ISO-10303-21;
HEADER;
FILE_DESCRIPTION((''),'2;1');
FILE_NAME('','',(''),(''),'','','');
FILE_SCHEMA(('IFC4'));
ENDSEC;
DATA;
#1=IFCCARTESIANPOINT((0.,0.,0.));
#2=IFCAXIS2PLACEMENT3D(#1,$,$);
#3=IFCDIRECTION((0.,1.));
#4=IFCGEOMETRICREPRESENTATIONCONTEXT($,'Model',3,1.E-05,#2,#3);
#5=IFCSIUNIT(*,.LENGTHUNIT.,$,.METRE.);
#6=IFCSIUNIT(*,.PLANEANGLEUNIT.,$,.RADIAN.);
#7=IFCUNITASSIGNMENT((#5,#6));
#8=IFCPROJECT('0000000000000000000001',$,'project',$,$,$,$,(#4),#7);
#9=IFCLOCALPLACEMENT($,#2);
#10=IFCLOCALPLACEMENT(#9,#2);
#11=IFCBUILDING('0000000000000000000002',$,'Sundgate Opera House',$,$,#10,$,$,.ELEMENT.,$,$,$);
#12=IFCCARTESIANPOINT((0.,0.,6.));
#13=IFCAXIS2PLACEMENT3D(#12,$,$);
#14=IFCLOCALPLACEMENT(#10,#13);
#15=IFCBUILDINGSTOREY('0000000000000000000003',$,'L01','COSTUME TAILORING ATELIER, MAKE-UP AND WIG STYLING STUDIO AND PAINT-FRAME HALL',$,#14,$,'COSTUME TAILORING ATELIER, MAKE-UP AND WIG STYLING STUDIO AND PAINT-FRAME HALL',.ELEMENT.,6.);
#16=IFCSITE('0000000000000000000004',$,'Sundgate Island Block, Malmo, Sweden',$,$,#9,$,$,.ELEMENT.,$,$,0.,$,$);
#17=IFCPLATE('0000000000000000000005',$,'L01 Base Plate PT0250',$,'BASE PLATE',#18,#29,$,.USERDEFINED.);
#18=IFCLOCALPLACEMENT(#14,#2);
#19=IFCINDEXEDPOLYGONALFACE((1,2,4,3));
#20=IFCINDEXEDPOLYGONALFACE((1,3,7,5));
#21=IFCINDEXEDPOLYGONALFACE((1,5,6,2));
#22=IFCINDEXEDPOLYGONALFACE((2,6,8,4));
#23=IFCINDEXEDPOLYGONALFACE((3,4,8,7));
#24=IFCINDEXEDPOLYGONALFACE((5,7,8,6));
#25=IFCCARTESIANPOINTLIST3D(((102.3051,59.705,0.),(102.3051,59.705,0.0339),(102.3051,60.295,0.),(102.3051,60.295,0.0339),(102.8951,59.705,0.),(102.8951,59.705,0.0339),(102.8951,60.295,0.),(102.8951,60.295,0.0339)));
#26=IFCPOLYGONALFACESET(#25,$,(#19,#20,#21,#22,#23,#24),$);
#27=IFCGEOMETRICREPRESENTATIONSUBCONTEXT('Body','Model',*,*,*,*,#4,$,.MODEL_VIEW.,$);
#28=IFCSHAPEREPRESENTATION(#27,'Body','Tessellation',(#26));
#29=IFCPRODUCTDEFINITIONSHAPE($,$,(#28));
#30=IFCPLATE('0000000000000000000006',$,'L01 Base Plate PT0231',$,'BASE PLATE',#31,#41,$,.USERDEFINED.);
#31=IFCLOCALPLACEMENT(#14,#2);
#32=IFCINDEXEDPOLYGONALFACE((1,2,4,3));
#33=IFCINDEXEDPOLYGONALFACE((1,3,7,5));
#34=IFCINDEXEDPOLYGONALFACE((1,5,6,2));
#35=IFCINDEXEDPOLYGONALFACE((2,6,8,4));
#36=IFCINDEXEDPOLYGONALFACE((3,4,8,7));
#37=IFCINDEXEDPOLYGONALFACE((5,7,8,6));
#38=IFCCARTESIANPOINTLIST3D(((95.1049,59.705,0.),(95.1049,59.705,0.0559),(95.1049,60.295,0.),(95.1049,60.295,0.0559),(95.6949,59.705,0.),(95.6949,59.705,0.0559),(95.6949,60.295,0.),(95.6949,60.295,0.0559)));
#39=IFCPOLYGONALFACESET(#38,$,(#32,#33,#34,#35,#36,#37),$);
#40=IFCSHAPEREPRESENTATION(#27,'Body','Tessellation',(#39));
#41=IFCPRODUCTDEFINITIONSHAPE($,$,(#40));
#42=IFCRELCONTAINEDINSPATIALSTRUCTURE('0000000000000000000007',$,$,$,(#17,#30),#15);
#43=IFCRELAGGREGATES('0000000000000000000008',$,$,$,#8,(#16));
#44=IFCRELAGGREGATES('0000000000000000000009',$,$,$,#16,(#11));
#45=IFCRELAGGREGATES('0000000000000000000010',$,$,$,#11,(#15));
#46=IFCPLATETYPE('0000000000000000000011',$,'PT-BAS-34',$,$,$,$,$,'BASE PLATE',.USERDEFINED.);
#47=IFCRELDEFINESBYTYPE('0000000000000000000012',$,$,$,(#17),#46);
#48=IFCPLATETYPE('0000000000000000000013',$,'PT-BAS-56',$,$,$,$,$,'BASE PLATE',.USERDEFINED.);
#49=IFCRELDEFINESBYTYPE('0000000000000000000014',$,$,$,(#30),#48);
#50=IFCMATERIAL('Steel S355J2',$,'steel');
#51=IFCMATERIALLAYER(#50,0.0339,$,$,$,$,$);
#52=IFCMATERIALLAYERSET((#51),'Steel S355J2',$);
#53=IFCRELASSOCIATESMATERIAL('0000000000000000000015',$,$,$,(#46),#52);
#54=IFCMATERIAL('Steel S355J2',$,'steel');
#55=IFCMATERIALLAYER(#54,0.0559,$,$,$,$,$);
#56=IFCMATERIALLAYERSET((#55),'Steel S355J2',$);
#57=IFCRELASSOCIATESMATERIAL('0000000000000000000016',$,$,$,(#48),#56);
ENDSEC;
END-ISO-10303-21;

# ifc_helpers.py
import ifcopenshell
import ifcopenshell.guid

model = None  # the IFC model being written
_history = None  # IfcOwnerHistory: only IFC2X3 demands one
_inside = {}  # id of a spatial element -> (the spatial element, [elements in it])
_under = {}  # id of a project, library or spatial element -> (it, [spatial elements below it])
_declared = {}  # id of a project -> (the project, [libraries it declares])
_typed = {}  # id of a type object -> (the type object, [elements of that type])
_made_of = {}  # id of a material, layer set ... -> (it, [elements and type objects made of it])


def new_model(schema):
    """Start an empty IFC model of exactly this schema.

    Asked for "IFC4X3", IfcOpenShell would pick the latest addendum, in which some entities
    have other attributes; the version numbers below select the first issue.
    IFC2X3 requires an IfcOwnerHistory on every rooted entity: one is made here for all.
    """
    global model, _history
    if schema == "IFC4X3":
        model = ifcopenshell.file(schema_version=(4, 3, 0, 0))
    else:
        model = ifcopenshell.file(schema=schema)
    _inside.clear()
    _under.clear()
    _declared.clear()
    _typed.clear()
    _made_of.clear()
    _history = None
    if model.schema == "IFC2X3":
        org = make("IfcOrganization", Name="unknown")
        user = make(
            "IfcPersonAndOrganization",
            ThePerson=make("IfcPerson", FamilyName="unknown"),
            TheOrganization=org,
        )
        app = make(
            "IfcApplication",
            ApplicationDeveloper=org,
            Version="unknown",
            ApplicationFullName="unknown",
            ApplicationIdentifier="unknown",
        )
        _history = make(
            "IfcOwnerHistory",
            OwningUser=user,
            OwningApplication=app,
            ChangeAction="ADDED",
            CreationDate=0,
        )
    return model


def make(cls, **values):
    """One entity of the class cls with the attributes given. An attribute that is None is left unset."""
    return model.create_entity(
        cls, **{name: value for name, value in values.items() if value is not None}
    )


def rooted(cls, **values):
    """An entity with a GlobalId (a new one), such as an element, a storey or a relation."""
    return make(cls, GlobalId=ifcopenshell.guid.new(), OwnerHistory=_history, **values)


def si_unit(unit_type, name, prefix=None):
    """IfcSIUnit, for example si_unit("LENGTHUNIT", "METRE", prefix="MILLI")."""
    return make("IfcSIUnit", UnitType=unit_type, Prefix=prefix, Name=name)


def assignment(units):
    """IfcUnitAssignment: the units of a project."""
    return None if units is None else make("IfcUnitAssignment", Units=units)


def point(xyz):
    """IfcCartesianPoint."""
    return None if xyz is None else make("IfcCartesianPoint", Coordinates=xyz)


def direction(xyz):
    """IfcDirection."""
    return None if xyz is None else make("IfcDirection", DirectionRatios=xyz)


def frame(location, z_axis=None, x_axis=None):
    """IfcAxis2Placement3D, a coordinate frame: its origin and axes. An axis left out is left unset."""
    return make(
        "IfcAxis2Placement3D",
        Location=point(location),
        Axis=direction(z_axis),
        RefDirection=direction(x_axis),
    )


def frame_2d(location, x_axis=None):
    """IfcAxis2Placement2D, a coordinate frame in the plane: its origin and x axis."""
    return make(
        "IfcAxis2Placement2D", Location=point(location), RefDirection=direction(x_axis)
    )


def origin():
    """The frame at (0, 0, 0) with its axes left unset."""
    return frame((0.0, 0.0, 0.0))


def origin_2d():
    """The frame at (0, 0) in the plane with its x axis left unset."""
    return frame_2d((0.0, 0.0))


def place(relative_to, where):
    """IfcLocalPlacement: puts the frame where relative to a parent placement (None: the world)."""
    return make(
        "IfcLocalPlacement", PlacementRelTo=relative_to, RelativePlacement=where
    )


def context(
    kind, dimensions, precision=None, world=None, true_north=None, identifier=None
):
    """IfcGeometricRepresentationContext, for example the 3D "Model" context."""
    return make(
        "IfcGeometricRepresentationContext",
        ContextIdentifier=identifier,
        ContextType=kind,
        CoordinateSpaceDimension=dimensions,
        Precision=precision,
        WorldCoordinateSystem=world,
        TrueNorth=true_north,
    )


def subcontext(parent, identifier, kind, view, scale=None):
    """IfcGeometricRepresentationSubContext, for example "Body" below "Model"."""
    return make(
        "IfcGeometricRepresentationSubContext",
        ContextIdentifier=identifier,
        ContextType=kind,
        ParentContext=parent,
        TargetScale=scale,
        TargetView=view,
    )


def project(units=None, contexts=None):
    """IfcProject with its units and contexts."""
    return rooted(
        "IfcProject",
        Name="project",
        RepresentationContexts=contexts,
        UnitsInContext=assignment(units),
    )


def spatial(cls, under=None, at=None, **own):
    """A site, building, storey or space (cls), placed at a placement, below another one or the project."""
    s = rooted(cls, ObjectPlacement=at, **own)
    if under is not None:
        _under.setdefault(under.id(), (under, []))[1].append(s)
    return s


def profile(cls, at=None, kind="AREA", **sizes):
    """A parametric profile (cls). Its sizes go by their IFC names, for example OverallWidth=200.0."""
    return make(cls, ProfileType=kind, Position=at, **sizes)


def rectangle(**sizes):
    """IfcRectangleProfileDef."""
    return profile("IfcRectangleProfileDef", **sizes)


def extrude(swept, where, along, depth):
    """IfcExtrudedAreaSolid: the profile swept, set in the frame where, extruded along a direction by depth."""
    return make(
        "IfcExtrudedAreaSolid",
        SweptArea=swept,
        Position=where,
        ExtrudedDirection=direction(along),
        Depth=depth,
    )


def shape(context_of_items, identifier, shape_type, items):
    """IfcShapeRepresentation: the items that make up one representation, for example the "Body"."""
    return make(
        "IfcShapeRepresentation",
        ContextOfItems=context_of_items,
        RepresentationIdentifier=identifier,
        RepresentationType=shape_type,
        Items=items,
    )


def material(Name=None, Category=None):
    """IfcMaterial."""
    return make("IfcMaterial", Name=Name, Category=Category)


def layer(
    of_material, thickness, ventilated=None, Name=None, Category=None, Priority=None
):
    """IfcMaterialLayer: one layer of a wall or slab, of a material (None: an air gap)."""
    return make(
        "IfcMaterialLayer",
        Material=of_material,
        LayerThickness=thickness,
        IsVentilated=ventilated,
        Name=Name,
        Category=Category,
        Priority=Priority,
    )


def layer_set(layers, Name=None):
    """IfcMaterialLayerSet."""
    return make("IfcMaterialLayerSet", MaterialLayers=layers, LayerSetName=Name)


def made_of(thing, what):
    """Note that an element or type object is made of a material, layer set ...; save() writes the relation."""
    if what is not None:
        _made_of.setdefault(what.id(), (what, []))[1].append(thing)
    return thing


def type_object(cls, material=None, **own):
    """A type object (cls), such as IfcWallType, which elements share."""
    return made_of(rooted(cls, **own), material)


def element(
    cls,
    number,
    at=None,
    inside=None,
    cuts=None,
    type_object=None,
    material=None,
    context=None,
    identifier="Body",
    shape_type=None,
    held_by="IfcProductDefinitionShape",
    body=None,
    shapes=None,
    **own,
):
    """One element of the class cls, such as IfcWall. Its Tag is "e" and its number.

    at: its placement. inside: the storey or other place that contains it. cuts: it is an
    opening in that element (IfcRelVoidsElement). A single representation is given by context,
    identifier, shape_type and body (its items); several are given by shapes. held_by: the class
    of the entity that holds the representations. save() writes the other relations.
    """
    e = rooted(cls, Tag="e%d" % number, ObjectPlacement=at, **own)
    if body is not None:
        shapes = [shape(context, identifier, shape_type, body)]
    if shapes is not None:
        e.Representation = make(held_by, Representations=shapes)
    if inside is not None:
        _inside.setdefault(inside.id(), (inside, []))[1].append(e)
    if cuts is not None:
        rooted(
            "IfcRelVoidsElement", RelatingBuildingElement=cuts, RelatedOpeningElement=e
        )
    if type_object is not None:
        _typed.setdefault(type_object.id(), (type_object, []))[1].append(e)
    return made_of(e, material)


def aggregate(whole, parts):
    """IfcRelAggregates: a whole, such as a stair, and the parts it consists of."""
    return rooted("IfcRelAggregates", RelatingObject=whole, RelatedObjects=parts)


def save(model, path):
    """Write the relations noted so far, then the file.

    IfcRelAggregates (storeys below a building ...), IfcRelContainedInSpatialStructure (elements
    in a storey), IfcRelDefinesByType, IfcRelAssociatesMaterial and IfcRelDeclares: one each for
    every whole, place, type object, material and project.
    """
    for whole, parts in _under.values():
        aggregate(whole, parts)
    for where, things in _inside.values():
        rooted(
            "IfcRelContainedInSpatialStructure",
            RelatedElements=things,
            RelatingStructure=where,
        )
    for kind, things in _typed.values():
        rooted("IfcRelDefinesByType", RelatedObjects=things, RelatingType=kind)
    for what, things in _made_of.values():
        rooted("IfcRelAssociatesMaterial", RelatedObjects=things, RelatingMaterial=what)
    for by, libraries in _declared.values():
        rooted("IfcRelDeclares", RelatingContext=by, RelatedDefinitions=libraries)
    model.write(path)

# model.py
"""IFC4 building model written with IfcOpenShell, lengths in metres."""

from ifc_helpers import new_model, si_unit, direction, frame, origin, origin_2d, place, context, subcontext, project, spatial, rectangle, extrude, material, layer, layer_set, type_object, element, save


model = new_model("IFC4")

# Units and contexts
model_context = context("Model", 3, precision=1e-05, world=origin(), true_north=direction((0.0, 1.0)))
body_context = subcontext(model_context, "Body", "Model", "MODEL_VIEW")
ifc_project = project(units=[si_unit("LENGTHUNIT", "METRE"), si_unit("PLANEANGLEUNIT", "RADIAN")], contexts=[model_context])

# Site, building, storey
site_placement = place(None, origin())
site = spatial("IfcSite", under=ifc_project, at=site_placement, Name="Sundgate Island Block, Malmo, Sweden", CompositionType="ELEMENT", RefElevation=0.0)
building_placement = place(site_placement, origin())
building = spatial("IfcBuilding", under=site, at=building_placement, Name="Sundgate Opera House", CompositionType="ELEMENT")
storey_placement = place(building_placement, frame((0.0, 0.0, 6.0)))
storey = spatial("IfcBuildingStorey", under=building, at=storey_placement, Name="L01", Description="COSTUME TAILORING ATELIER, MAKE-UP AND WIG STYLING STUDIO AND PAINT-FRAME HALL", LongName="COSTUME TAILORING ATELIER, MAKE-UP AND WIG STYLING STUDIO AND PAINT-FRAME HALL", CompositionType="ELEMENT", Elevation=6.0)

# Plates
ifc_material_1 = material(Name="Steel S355J2", Category="steel")
ifc_layer_1 = layer(ifc_material_1, 0.0339)
ifc_layer_set_1 = layer_set([ifc_layer_1], Name="Steel S355J2")
plate_type_1 = type_object("IfcPlateType", Name="PT-BAS-34", ElementType="BASE PLATE", PredefinedType="USERDEFINED", material=ifc_layer_set_1)
plate_1_placement = place(storey_placement, frame((102.6001, 60.0, 0.0), z_axis=(0.0, 0.0, 1.0), x_axis=(1.0, 0.0, 0.0)))
element("IfcPlate", 1, at=plate_1_placement, inside=storey, type_object=plate_type_1, Name="L01 Base Plate PT0250", ObjectType="BASE PLATE", PredefinedType="USERDEFINED", context=body_context, shape_type="SweptSolid", body=[
    extrude(rectangle(XDim=0.5901, YDim=0.5901, at=origin_2d()), origin(), (0.0, 0.0, 1.0), 0.0339),
])
ifc_material_2 = material(Name="Steel S355J2", Category="steel")
ifc_layer_2 = layer(ifc_material_2, 0.0559)
ifc_layer_set_2 = layer_set([ifc_layer_2], Name="Steel S355J2")
plate_type_2 = type_object("IfcPlateType", Name="PT-BAS-56", ElementType="BASE PLATE", PredefinedType="USERDEFINED", material=ifc_layer_set_2)
plate_2_placement = place(storey_placement, frame((95.3999, 60.0, 0.0), z_axis=(0.0, 0.0, 1.0), x_axis=(1.0, 0.0, 0.0)))
element("IfcPlate", 2, at=plate_2_placement, inside=storey, type_object=plate_type_2, Name="L01 Base Plate PT0231", ObjectType="BASE PLATE", PredefinedType="USERDEFINED", context=body_context, shape_type="SweptSolid", body=[
    extrude(rectangle(XDim=0.5901, YDim=0.5901, at=origin_2d()), origin(), (0.0, 0.0, 1.0), 0.0559),
])

save(model, "model.ifc")
